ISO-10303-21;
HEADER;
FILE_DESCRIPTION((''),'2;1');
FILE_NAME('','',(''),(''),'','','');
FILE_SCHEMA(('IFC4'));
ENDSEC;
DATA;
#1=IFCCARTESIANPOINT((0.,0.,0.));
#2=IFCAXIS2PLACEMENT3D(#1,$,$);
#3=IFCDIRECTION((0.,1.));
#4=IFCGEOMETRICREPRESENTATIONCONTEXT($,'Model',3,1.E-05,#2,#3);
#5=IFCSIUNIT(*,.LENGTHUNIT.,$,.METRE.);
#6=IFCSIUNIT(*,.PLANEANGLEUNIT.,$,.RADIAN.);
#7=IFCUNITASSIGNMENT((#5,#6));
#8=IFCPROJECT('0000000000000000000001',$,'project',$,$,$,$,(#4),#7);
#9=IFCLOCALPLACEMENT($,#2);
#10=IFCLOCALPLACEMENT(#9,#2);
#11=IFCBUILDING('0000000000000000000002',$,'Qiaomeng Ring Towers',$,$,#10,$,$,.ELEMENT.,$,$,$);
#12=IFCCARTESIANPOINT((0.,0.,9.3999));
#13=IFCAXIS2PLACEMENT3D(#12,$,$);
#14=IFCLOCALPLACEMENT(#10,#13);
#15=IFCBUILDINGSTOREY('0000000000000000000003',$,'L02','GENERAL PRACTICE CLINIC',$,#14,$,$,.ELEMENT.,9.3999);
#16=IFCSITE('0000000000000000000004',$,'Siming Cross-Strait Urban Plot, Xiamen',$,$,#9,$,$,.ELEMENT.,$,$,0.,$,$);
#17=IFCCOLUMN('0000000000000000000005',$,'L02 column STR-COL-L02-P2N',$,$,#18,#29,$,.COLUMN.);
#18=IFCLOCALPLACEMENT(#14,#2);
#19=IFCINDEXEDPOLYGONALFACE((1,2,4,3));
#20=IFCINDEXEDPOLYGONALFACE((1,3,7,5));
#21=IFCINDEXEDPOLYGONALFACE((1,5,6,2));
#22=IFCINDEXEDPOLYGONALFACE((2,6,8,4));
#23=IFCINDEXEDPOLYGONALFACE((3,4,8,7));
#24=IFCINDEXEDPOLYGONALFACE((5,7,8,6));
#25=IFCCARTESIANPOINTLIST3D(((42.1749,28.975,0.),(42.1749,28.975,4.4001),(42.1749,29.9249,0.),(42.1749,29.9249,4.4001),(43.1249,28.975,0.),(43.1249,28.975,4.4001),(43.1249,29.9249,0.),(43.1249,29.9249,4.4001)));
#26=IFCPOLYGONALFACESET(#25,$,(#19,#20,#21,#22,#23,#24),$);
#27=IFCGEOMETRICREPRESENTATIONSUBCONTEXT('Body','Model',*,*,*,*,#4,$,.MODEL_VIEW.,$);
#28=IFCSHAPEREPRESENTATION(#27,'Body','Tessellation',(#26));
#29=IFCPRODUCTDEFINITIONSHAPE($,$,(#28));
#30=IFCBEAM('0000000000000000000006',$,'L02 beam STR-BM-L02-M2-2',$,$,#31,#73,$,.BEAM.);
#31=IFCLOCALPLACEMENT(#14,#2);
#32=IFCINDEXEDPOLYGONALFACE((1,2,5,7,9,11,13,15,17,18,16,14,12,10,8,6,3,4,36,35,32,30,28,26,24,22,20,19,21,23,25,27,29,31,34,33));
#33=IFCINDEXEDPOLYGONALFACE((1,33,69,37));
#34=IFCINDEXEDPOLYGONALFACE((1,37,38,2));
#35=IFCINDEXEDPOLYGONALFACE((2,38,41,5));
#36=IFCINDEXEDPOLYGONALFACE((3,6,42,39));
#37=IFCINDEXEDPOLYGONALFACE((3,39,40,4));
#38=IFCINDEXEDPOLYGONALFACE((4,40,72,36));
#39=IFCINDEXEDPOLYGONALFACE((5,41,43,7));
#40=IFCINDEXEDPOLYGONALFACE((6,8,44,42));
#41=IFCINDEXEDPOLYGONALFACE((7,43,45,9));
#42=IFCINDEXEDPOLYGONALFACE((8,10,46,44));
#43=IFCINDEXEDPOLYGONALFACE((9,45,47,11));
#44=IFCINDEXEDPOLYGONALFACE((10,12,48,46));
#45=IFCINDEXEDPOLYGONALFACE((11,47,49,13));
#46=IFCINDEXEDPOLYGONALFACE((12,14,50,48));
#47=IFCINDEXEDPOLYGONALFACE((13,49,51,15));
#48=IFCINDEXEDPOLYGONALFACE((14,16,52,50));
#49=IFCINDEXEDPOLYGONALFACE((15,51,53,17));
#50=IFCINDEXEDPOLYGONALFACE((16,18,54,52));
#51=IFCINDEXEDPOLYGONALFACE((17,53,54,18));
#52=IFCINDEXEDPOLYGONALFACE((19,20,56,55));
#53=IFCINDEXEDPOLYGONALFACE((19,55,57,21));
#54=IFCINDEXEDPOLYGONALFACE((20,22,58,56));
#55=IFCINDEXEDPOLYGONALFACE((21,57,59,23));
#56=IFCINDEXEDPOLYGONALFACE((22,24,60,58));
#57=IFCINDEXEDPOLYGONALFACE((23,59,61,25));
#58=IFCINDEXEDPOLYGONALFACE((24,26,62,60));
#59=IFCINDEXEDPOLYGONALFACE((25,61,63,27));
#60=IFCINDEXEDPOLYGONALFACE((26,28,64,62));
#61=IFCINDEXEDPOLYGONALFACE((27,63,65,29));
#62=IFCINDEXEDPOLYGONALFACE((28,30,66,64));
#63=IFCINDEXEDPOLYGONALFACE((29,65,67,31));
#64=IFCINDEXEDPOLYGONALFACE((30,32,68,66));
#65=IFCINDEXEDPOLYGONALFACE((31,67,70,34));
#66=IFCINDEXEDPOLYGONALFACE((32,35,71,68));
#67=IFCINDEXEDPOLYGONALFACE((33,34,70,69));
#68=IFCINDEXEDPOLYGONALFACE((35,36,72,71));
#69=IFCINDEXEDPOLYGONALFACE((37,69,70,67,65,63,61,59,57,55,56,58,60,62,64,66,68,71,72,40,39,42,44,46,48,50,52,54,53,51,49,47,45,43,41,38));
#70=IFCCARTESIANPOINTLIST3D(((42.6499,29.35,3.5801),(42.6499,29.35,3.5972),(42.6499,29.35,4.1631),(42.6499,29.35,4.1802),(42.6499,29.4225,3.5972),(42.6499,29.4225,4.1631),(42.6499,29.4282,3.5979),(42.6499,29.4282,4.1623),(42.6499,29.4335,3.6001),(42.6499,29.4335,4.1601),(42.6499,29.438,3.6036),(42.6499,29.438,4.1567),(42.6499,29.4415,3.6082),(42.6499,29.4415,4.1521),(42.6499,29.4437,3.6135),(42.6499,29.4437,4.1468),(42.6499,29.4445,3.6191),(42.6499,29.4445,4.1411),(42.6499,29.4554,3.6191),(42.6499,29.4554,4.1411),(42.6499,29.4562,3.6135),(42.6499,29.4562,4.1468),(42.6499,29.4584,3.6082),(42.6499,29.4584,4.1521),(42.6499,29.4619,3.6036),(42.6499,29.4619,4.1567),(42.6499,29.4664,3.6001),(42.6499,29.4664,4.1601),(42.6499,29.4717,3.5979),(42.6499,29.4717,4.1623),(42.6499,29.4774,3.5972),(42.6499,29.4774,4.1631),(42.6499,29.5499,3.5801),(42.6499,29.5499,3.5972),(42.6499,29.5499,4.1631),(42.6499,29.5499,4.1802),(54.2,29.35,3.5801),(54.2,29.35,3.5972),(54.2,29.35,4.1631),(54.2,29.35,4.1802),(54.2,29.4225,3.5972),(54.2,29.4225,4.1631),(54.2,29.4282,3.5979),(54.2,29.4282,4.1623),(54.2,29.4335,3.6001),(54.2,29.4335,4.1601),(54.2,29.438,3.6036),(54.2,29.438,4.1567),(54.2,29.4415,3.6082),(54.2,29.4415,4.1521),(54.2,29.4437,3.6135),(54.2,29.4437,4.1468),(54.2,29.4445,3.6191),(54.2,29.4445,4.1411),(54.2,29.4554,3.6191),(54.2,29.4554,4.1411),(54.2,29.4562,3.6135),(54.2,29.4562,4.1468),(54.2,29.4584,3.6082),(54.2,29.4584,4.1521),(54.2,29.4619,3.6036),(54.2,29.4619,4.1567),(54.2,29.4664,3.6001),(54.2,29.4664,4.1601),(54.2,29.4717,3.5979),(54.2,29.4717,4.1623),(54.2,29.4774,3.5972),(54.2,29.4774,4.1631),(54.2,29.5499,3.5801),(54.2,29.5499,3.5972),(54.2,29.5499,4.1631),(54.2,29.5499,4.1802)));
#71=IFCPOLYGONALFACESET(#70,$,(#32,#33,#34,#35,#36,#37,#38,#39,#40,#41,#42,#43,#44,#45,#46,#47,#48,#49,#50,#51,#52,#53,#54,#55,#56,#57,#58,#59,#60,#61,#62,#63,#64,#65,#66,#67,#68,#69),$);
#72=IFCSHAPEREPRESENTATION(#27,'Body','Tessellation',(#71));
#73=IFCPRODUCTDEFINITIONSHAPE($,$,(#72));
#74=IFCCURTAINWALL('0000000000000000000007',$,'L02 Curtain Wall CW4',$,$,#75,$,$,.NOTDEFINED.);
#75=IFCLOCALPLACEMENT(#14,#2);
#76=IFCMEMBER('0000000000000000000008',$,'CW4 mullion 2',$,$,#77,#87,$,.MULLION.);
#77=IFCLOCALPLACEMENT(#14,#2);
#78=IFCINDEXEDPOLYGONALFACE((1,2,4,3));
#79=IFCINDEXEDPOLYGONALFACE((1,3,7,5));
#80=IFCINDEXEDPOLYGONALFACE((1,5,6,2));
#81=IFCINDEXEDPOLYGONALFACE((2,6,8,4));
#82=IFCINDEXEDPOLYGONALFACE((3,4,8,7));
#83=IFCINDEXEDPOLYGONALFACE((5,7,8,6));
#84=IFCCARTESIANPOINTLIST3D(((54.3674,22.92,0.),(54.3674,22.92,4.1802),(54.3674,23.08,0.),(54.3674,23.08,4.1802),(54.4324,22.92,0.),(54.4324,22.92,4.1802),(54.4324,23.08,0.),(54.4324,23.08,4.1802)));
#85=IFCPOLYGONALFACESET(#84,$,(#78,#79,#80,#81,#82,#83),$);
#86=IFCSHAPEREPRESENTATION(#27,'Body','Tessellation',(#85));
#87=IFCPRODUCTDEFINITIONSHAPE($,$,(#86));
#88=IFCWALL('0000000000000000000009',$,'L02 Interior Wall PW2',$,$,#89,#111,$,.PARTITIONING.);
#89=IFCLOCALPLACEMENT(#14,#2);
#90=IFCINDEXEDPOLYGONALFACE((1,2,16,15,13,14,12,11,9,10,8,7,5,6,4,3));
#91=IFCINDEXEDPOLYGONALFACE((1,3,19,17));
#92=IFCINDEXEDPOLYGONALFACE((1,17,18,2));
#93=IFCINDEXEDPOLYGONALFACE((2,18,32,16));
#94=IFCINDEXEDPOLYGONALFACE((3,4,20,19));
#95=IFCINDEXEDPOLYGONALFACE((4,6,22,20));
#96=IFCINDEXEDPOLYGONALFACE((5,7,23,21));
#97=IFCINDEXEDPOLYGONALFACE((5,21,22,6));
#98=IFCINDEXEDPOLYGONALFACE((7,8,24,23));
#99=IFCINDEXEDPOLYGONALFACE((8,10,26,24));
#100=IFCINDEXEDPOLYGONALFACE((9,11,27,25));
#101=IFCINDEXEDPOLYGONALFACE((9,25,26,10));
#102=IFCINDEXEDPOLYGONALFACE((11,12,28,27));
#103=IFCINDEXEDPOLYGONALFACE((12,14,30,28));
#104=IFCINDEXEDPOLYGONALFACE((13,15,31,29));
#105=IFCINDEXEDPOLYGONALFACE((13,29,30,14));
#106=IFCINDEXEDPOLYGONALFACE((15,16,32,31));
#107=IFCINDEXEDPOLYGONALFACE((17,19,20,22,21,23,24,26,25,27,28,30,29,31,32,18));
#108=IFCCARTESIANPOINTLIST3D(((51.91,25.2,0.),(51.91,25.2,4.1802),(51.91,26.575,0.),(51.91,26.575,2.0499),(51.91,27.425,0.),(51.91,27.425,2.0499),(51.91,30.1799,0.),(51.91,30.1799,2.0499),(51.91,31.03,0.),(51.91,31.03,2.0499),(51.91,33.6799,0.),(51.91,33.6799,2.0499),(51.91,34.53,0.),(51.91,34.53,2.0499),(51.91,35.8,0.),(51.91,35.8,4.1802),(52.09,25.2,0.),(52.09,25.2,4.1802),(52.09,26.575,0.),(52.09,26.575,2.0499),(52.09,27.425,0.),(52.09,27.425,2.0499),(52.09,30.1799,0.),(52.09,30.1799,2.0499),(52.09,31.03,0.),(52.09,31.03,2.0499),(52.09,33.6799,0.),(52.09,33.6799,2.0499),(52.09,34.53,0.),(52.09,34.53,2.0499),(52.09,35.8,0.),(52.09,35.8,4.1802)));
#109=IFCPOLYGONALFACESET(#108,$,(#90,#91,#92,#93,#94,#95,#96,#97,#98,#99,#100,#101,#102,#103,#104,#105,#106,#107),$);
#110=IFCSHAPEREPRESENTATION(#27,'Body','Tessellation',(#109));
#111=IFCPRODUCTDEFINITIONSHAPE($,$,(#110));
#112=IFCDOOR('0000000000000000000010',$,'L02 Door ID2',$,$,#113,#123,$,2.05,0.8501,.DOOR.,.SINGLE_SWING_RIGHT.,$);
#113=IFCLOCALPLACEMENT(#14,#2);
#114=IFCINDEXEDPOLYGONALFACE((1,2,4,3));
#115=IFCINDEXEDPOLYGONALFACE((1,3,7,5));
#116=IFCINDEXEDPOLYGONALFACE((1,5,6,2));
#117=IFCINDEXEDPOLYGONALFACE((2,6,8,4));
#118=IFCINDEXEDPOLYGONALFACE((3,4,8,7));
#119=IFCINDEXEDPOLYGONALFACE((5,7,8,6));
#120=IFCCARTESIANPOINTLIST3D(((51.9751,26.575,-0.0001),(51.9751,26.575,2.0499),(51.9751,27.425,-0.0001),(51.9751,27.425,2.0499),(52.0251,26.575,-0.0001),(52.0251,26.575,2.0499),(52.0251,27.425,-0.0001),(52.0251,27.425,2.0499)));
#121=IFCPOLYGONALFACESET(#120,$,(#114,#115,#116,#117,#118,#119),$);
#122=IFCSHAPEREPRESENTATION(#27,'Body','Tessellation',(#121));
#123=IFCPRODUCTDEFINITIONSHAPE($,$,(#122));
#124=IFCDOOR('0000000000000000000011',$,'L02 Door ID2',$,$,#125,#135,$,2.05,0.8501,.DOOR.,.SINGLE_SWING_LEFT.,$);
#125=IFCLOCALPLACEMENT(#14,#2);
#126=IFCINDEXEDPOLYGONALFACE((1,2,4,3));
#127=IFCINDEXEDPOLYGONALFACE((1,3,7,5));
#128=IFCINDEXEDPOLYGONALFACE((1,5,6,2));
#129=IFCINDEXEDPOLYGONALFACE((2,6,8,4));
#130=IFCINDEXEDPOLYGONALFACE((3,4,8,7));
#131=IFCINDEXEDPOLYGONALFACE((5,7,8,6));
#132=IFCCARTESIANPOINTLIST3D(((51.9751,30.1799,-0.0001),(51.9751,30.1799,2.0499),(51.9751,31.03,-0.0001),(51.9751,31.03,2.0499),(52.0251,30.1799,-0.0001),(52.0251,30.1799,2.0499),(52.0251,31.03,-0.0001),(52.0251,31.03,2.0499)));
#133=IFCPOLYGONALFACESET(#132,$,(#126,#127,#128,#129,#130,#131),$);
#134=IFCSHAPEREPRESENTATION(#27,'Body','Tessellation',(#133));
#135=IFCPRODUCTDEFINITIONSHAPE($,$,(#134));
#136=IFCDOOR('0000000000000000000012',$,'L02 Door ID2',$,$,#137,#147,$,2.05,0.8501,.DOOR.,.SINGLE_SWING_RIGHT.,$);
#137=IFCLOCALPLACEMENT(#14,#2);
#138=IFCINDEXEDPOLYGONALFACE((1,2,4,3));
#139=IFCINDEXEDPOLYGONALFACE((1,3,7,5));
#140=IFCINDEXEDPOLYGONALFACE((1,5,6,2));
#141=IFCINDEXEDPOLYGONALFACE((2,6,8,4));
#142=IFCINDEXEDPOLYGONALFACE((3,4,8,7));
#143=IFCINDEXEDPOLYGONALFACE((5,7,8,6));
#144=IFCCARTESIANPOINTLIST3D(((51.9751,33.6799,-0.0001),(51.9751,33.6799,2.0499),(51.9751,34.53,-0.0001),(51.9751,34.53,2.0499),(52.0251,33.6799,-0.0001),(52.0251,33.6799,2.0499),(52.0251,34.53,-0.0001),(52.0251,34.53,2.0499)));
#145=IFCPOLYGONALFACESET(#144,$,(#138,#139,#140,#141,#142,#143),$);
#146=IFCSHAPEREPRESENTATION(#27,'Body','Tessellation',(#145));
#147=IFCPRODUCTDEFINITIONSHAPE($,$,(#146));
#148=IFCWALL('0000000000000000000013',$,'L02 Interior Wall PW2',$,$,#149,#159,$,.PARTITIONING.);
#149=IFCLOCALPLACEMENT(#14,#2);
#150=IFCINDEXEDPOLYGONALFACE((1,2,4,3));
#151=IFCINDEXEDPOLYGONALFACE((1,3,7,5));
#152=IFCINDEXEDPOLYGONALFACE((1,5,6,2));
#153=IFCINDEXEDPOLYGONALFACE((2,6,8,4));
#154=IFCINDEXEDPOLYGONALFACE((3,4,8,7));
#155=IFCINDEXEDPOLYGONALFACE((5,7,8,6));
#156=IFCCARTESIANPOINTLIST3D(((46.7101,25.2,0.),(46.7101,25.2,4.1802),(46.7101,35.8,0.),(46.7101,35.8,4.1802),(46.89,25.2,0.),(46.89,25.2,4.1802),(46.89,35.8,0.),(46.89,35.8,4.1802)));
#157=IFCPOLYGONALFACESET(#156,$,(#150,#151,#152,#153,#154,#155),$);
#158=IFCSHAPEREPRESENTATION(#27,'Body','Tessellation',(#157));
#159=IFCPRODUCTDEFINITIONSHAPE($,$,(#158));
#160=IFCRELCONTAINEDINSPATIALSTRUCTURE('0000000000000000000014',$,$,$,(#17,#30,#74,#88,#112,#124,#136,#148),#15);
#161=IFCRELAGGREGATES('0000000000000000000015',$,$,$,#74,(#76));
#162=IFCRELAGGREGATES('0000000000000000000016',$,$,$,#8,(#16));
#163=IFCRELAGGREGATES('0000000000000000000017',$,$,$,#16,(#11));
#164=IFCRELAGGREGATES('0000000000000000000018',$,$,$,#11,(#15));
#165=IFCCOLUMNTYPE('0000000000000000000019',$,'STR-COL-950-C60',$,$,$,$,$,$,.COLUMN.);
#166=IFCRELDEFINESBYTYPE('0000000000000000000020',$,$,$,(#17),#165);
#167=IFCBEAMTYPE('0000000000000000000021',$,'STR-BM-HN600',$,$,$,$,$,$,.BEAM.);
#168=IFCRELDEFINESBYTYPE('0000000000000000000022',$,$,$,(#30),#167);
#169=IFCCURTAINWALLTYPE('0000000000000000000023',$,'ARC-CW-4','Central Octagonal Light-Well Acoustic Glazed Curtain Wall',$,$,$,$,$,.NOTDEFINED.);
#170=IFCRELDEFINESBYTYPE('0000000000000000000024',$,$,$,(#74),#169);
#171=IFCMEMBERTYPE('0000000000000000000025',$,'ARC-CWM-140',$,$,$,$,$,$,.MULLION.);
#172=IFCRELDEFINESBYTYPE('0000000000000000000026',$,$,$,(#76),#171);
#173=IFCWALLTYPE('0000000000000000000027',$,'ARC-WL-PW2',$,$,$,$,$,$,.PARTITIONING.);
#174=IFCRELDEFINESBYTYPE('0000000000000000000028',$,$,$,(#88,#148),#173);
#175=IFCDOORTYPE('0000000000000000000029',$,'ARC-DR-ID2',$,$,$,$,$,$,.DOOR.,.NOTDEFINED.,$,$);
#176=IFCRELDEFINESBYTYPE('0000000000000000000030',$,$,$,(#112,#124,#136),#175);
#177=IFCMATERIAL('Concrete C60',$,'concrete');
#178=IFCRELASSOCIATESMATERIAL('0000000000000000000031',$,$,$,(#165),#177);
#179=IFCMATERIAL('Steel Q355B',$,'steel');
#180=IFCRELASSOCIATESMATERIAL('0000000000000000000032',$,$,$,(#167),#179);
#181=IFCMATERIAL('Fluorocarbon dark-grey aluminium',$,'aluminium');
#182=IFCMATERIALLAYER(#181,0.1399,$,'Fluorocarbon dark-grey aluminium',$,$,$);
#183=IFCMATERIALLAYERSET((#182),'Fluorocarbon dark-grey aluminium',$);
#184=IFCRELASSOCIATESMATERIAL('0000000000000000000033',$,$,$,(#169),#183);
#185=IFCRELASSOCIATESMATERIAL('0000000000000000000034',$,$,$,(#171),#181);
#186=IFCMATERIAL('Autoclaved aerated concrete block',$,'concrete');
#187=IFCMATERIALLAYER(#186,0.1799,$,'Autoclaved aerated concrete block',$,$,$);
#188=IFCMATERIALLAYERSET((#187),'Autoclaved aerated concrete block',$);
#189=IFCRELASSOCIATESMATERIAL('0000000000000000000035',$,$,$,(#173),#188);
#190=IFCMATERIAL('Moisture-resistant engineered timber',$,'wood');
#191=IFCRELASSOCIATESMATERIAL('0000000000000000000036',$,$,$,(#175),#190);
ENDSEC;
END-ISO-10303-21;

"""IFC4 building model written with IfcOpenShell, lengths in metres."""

from ifc_helpers import new_model, si_unit, direction, frame, frame_2d, origin, origin_2d, place, context, subcontext, project, spatial, rectangle, i_section, extrude, source, transform, mapped, material, layer, layer_set, material_profile, profile_set, type_object, element, fill, aggregate, save


model = new_model("IFC4")

# Units and contexts
model_context = context("Model", 3, precision=1e-05, world=origin(), true_north=direction((0.0, 1.0)))
body_context = subcontext(model_context, "Body", "Model", "MODEL_VIEW")
ifc_project = project(units=[si_unit("LENGTHUNIT", "METRE"), si_unit("PLANEANGLEUNIT", "RADIAN")], contexts=[model_context])

# Site, building, storey
site_placement = place(None, origin())
site = spatial("IfcSite", under=ifc_project, at=site_placement, Name="Siming Cross-Strait Urban Plot, Xiamen", CompositionType="ELEMENT", RefElevation=0.0)
building_placement = place(site_placement, origin())
building = spatial("IfcBuilding", under=site, at=building_placement, Name="Qiaomeng Ring Towers", CompositionType="ELEMENT")
storey_placement = place(building_placement, frame((0.0, 0.0, 9.3999)))
storey = spatial("IfcBuildingStorey", under=building, at=storey_placement, Name="L02", Description="GENERAL PRACTICE CLINIC", CompositionType="ELEMENT", Elevation=9.3999)

# Column
ifc_material_1 = material(Name="Concrete C60", Category="concrete")
ifc_material_profile_1 = material_profile(ifc_material_1, rectangle(XDim=0.95, YDim=0.95, at=origin_2d()), Name="RC COL 950x950")
ifc_profile_set_1 = profile_set([ifc_material_profile_1], Name="Concrete C60")
column_type = type_object("IfcColumnType", Name="STR-COL-950-C60", PredefinedType="COLUMN", material=ifc_profile_set_1)
shared_shape_1 = source(origin(), body_context, "Body", "SweptSolid", [
    extrude(rectangle(XDim=0.95, YDim=0.95, at=origin_2d()), origin(), (0.0, 0.0, 1.0), 4.4001),
])
column_placement = place(storey_placement, frame((42.6499, 29.45, 0.0), z_axis=(0.0, 0.0, 1.0), x_axis=(1.0, 0.0, 0.0)))
element("IfcColumn", 1, at=column_placement, inside=storey, type_object=column_type, Name="L02 column STR-COL-L02-P2N", PredefinedType="COLUMN", context=body_context, shape_type="MappedRepresentation", body=[
    mapped(shared_shape_1, transform((0.0, 0.0, 0.0), x_axis=(1.0, 0.0, 0.0), y_axis=(0.0, 1.0, 0.0), z_axis=(0.0, 0.0, 1.0), scale=1.0)),
])

# Beam
ifc_material_2 = material(Name="Steel Q355B", Category="steel")
ifc_material_profile_2 = material_profile(ifc_material_2, i_section(OverallWidth=0.2, OverallDepth=0.6001, WebThickness=0.011, FlangeThickness=0.0171, FilletRadius=0.022, at=origin_2d()), Name="HN 600x200x11x17")
ifc_profile_set_2 = profile_set([ifc_material_profile_2], Name="Steel Q355B")
beam_type = type_object("IfcBeamType", Name="STR-BM-HN600", PredefinedType="BEAM", material=ifc_profile_set_2)
shared_shape_2 = source(origin(), body_context, "Body", "SweptSolid", [
    extrude(i_section(OverallWidth=0.2, OverallDepth=0.6001, WebThickness=0.011, FlangeThickness=0.0171, FilletRadius=0.022, at=origin_2d()), origin(), (0.0, 0.0, 1.0), 11.55),
])
beam_placement = place(storey_placement, frame((42.6499, 29.45, 3.8801), z_axis=(1.0, 0.0, 0.0), x_axis=(0.0, 1.0, 0.0)))
element("IfcBeam", 2, at=beam_placement, inside=storey, type_object=beam_type, Name="L02 beam STR-BM-L02-M2-2", PredefinedType="BEAM", context=body_context, shape_type="MappedRepresentation", body=[
    mapped(shared_shape_2, transform((0.0, 0.0, 0.0), x_axis=(1.0, 0.0, 0.0), y_axis=(0.0, 1.0, 0.0), z_axis=(0.0, 0.0, 1.0), scale=1.0)),
])

# Curtain wall, member
ifc_material_3 = material(Name="Fluorocarbon dark-grey aluminium", Category="aluminium")
ifc_layer_1 = layer(ifc_material_3, 0.1399, Name="Fluorocarbon dark-grey aluminium")
ifc_layer_set_1 = layer_set([ifc_layer_1], Name="Fluorocarbon dark-grey aluminium")
curtain_wall_type = type_object("IfcCurtainWallType", Name="ARC-CW-4", Description="Central Octagonal Light-Well Acoustic Glazed Curtain Wall", PredefinedType="NOTDEFINED", material=ifc_layer_set_1)
curtain_wall_placement = place(storey_placement, origin())
curtain_wall = element("IfcCurtainWall", 3, at=curtain_wall_placement, inside=storey, type_object=curtain_wall_type, Name="L02 Curtain Wall CW4", PredefinedType="NOTDEFINED")
ifc_material_profile_3 = material_profile(ifc_material_3, rectangle(XDim=0.0649, YDim=0.1599, at=origin_2d()), Name="ALU MULL 65x160")
ifc_profile_set_3 = profile_set([ifc_material_profile_3], Name="Fluorocarbon dark-grey aluminium")
member_type = type_object("IfcMemberType", Name="ARC-CWM-140", PredefinedType="MULLION", material=ifc_profile_set_3)
shared_shape_3 = source(origin(), body_context, "Body", "SweptSolid", [
    extrude(rectangle(XDim=0.0649, YDim=0.1599, at=origin_2d()), origin(), (0.0, 0.0, 1.0), 4.1802),
])
member_placement = place(storey_placement, frame((54.3999, 23.0, 0.0), z_axis=(0.0, 0.0, 1.0), x_axis=(-1.0, 0.0, 0.0)))
member = element("IfcMember", 4, at=member_placement, type_object=member_type, Name="CW4 mullion 2", PredefinedType="MULLION", context=body_context, shape_type="MappedRepresentation", body=[
    mapped(shared_shape_3, transform((0.0, 0.0, 0.0), x_axis=(1.0, 0.0, 0.0), y_axis=(0.0, 1.0, 0.0), z_axis=(0.0, 0.0, 1.0), scale=1.0)),
])
aggregate(curtain_wall, [member])

# Wall, openings, doors
ifc_material_4 = material(Name="Autoclaved aerated concrete block", Category="concrete")
ifc_layer_2 = layer(ifc_material_4, 0.1799, Name="Autoclaved aerated concrete block")
ifc_layer_set_2 = layer_set([ifc_layer_2], Name="Autoclaved aerated concrete block")
wall_type_1 = type_object("IfcWallType", Name="ARC-WL-PW2", PredefinedType="PARTITIONING", material=ifc_layer_set_2)
wall_1_placement = place(storey_placement, frame((52.0, 25.2, 0.0), z_axis=(0.0, 0.0, 1.0), x_axis=(0.0, 1.0, 0.0)))
wall_1 = element("IfcWall", 5, at=wall_1_placement, inside=storey, type_object=wall_type_1, Name="L02 Interior Wall PW2", PredefinedType="PARTITIONING", context=body_context, shape_type="SweptSolid", body=[
    extrude(rectangle(XDim=10.6001, YDim=0.1799, at=frame_2d((5.3, 0.0))), origin(), (0.0, 0.0, 1.0), 4.1802),
])
opening_1_placement = place(wall_1_placement, frame((1.375, 0.0, 0.0)))
opening_1 = element("IfcOpeningElement", 6, at=opening_1_placement, cuts=wall_1, PredefinedType="OPENING", context=body_context, shape_type="SweptSolid", body=[
    extrude(rectangle(XDim=0.8501, YDim=2.05, at=frame_2d((0.425, 1.0249))), frame((0.0, 0.0999, 0.0), z_axis=(0.0, -1.0, 0.0), x_axis=(1.0, 0.0, 0.0)), (0.0, 0.0, 1.0), 0.2),
])
opening_2_placement = place(wall_1_placement, frame((4.98, 0.0, 0.0)))
opening_2 = element("IfcOpeningElement", 7, at=opening_2_placement, cuts=wall_1, PredefinedType="OPENING", context=body_context, shape_type="SweptSolid", body=[
    extrude(rectangle(XDim=0.8501, YDim=2.05, at=frame_2d((0.425, 1.0249))), frame((0.0, 0.0999, 0.0), z_axis=(0.0, -1.0, 0.0), x_axis=(1.0, 0.0, 0.0)), (0.0, 0.0, 1.0), 0.2),
])
opening_3_placement = place(wall_1_placement, frame((8.48, 0.0, 0.0)))
opening_3 = element("IfcOpeningElement", 8, at=opening_3_placement, cuts=wall_1, PredefinedType="OPENING", context=body_context, shape_type="SweptSolid", body=[
    extrude(rectangle(XDim=0.8501, YDim=2.05, at=frame_2d((0.425, 1.0249))), frame((0.0, 0.0999, 0.0), z_axis=(0.0, -1.0, 0.0), x_axis=(1.0, 0.0, 0.0)), (0.0, 0.0, 1.0), 0.2),
])
ifc_material_5 = material(Name="Moisture-resistant engineered timber", Category="wood")
door_type_1 = type_object("IfcDoorType", Name="ARC-DR-ID2", OperationType="NOTDEFINED", PredefinedType="DOOR", material=ifc_material_5)
shared_shape_4 = source(origin(), body_context, "Body", "SweptSolid", [
    extrude(rectangle(XDim=0.8501, YDim=2.05, at=frame_2d((0.425, 1.0249))), frame((0.0, 0.0249, 0.0), z_axis=(0.0, -1.0, 0.0), x_axis=(1.0, 0.0, 0.0)), (0.0, 0.0, 1.0), 0.05),
])
door_1_placement = place(opening_1_placement, origin())
door_1 = element("IfcDoor", 9, at=door_1_placement, inside=storey, type_object=door_type_1, Name="L02 Door ID2", OperationType="SINGLE_SWING_RIGHT", OverallHeight=2.05, OverallWidth=0.8501, PredefinedType="DOOR", context=body_context, shape_type="MappedRepresentation", body=[
    mapped(shared_shape_4, transform((0.0, 0.0, 0.0), x_axis=(1.0, 0.0, 0.0), y_axis=(0.0, 1.0, 0.0), z_axis=(0.0, 0.0, 1.0), scale=1.0)),
])
fill(opening_1, door_1)
door_2_placement = place(opening_2_placement, origin())
door_2 = element("IfcDoor", 10, at=door_2_placement, inside=storey, type_object=door_type_1, Name="L02 Door ID2", OperationType="SINGLE_SWING_LEFT", OverallHeight=2.05, OverallWidth=0.8501, PredefinedType="DOOR", context=body_context, shape_type="MappedRepresentation", body=[
    mapped(shared_shape_4, transform((0.0, 0.0, 0.0), x_axis=(1.0, 0.0, 0.0), y_axis=(0.0, 1.0, 0.0), z_axis=(0.0, 0.0, 1.0), scale=1.0)),
])
fill(opening_2, door_2)
door_3_placement = place(opening_3_placement, origin())
door_3 = element("IfcDoor", 11, at=door_3_placement, inside=storey, type_object=door_type_1, Name="L02 Door ID2", OperationType="SINGLE_SWING_RIGHT", OverallHeight=2.05, OverallWidth=0.8501, PredefinedType="DOOR", context=body_context, shape_type="MappedRepresentation", body=[
    mapped(shared_shape_4, transform((0.0, 0.0, 0.0), x_axis=(1.0, 0.0, 0.0), y_axis=(0.0, 1.0, 0.0), z_axis=(0.0, 0.0, 1.0), scale=1.0)),
])
fill(opening_3, door_3)

# Wall
wall_2_placement = place(storey_placement, frame((46.8, 25.2, 0.0), z_axis=(0.0, 0.0, 1.0), x_axis=(0.0, 1.0, 0.0)))
element("IfcWall", 12, at=wall_2_placement, inside=storey, type_object=wall_type_1, Name="L02 Interior Wall PW2", PredefinedType="PARTITIONING", context=body_context, shape_type="SweptSolid", body=[
    extrude(rectangle(XDim=10.6001, YDim=0.1799, at=frame_2d((5.3, 0.0))), origin(), (0.0, 0.0, 1.0), 4.1802),
])

save(model, "model.ifc")
